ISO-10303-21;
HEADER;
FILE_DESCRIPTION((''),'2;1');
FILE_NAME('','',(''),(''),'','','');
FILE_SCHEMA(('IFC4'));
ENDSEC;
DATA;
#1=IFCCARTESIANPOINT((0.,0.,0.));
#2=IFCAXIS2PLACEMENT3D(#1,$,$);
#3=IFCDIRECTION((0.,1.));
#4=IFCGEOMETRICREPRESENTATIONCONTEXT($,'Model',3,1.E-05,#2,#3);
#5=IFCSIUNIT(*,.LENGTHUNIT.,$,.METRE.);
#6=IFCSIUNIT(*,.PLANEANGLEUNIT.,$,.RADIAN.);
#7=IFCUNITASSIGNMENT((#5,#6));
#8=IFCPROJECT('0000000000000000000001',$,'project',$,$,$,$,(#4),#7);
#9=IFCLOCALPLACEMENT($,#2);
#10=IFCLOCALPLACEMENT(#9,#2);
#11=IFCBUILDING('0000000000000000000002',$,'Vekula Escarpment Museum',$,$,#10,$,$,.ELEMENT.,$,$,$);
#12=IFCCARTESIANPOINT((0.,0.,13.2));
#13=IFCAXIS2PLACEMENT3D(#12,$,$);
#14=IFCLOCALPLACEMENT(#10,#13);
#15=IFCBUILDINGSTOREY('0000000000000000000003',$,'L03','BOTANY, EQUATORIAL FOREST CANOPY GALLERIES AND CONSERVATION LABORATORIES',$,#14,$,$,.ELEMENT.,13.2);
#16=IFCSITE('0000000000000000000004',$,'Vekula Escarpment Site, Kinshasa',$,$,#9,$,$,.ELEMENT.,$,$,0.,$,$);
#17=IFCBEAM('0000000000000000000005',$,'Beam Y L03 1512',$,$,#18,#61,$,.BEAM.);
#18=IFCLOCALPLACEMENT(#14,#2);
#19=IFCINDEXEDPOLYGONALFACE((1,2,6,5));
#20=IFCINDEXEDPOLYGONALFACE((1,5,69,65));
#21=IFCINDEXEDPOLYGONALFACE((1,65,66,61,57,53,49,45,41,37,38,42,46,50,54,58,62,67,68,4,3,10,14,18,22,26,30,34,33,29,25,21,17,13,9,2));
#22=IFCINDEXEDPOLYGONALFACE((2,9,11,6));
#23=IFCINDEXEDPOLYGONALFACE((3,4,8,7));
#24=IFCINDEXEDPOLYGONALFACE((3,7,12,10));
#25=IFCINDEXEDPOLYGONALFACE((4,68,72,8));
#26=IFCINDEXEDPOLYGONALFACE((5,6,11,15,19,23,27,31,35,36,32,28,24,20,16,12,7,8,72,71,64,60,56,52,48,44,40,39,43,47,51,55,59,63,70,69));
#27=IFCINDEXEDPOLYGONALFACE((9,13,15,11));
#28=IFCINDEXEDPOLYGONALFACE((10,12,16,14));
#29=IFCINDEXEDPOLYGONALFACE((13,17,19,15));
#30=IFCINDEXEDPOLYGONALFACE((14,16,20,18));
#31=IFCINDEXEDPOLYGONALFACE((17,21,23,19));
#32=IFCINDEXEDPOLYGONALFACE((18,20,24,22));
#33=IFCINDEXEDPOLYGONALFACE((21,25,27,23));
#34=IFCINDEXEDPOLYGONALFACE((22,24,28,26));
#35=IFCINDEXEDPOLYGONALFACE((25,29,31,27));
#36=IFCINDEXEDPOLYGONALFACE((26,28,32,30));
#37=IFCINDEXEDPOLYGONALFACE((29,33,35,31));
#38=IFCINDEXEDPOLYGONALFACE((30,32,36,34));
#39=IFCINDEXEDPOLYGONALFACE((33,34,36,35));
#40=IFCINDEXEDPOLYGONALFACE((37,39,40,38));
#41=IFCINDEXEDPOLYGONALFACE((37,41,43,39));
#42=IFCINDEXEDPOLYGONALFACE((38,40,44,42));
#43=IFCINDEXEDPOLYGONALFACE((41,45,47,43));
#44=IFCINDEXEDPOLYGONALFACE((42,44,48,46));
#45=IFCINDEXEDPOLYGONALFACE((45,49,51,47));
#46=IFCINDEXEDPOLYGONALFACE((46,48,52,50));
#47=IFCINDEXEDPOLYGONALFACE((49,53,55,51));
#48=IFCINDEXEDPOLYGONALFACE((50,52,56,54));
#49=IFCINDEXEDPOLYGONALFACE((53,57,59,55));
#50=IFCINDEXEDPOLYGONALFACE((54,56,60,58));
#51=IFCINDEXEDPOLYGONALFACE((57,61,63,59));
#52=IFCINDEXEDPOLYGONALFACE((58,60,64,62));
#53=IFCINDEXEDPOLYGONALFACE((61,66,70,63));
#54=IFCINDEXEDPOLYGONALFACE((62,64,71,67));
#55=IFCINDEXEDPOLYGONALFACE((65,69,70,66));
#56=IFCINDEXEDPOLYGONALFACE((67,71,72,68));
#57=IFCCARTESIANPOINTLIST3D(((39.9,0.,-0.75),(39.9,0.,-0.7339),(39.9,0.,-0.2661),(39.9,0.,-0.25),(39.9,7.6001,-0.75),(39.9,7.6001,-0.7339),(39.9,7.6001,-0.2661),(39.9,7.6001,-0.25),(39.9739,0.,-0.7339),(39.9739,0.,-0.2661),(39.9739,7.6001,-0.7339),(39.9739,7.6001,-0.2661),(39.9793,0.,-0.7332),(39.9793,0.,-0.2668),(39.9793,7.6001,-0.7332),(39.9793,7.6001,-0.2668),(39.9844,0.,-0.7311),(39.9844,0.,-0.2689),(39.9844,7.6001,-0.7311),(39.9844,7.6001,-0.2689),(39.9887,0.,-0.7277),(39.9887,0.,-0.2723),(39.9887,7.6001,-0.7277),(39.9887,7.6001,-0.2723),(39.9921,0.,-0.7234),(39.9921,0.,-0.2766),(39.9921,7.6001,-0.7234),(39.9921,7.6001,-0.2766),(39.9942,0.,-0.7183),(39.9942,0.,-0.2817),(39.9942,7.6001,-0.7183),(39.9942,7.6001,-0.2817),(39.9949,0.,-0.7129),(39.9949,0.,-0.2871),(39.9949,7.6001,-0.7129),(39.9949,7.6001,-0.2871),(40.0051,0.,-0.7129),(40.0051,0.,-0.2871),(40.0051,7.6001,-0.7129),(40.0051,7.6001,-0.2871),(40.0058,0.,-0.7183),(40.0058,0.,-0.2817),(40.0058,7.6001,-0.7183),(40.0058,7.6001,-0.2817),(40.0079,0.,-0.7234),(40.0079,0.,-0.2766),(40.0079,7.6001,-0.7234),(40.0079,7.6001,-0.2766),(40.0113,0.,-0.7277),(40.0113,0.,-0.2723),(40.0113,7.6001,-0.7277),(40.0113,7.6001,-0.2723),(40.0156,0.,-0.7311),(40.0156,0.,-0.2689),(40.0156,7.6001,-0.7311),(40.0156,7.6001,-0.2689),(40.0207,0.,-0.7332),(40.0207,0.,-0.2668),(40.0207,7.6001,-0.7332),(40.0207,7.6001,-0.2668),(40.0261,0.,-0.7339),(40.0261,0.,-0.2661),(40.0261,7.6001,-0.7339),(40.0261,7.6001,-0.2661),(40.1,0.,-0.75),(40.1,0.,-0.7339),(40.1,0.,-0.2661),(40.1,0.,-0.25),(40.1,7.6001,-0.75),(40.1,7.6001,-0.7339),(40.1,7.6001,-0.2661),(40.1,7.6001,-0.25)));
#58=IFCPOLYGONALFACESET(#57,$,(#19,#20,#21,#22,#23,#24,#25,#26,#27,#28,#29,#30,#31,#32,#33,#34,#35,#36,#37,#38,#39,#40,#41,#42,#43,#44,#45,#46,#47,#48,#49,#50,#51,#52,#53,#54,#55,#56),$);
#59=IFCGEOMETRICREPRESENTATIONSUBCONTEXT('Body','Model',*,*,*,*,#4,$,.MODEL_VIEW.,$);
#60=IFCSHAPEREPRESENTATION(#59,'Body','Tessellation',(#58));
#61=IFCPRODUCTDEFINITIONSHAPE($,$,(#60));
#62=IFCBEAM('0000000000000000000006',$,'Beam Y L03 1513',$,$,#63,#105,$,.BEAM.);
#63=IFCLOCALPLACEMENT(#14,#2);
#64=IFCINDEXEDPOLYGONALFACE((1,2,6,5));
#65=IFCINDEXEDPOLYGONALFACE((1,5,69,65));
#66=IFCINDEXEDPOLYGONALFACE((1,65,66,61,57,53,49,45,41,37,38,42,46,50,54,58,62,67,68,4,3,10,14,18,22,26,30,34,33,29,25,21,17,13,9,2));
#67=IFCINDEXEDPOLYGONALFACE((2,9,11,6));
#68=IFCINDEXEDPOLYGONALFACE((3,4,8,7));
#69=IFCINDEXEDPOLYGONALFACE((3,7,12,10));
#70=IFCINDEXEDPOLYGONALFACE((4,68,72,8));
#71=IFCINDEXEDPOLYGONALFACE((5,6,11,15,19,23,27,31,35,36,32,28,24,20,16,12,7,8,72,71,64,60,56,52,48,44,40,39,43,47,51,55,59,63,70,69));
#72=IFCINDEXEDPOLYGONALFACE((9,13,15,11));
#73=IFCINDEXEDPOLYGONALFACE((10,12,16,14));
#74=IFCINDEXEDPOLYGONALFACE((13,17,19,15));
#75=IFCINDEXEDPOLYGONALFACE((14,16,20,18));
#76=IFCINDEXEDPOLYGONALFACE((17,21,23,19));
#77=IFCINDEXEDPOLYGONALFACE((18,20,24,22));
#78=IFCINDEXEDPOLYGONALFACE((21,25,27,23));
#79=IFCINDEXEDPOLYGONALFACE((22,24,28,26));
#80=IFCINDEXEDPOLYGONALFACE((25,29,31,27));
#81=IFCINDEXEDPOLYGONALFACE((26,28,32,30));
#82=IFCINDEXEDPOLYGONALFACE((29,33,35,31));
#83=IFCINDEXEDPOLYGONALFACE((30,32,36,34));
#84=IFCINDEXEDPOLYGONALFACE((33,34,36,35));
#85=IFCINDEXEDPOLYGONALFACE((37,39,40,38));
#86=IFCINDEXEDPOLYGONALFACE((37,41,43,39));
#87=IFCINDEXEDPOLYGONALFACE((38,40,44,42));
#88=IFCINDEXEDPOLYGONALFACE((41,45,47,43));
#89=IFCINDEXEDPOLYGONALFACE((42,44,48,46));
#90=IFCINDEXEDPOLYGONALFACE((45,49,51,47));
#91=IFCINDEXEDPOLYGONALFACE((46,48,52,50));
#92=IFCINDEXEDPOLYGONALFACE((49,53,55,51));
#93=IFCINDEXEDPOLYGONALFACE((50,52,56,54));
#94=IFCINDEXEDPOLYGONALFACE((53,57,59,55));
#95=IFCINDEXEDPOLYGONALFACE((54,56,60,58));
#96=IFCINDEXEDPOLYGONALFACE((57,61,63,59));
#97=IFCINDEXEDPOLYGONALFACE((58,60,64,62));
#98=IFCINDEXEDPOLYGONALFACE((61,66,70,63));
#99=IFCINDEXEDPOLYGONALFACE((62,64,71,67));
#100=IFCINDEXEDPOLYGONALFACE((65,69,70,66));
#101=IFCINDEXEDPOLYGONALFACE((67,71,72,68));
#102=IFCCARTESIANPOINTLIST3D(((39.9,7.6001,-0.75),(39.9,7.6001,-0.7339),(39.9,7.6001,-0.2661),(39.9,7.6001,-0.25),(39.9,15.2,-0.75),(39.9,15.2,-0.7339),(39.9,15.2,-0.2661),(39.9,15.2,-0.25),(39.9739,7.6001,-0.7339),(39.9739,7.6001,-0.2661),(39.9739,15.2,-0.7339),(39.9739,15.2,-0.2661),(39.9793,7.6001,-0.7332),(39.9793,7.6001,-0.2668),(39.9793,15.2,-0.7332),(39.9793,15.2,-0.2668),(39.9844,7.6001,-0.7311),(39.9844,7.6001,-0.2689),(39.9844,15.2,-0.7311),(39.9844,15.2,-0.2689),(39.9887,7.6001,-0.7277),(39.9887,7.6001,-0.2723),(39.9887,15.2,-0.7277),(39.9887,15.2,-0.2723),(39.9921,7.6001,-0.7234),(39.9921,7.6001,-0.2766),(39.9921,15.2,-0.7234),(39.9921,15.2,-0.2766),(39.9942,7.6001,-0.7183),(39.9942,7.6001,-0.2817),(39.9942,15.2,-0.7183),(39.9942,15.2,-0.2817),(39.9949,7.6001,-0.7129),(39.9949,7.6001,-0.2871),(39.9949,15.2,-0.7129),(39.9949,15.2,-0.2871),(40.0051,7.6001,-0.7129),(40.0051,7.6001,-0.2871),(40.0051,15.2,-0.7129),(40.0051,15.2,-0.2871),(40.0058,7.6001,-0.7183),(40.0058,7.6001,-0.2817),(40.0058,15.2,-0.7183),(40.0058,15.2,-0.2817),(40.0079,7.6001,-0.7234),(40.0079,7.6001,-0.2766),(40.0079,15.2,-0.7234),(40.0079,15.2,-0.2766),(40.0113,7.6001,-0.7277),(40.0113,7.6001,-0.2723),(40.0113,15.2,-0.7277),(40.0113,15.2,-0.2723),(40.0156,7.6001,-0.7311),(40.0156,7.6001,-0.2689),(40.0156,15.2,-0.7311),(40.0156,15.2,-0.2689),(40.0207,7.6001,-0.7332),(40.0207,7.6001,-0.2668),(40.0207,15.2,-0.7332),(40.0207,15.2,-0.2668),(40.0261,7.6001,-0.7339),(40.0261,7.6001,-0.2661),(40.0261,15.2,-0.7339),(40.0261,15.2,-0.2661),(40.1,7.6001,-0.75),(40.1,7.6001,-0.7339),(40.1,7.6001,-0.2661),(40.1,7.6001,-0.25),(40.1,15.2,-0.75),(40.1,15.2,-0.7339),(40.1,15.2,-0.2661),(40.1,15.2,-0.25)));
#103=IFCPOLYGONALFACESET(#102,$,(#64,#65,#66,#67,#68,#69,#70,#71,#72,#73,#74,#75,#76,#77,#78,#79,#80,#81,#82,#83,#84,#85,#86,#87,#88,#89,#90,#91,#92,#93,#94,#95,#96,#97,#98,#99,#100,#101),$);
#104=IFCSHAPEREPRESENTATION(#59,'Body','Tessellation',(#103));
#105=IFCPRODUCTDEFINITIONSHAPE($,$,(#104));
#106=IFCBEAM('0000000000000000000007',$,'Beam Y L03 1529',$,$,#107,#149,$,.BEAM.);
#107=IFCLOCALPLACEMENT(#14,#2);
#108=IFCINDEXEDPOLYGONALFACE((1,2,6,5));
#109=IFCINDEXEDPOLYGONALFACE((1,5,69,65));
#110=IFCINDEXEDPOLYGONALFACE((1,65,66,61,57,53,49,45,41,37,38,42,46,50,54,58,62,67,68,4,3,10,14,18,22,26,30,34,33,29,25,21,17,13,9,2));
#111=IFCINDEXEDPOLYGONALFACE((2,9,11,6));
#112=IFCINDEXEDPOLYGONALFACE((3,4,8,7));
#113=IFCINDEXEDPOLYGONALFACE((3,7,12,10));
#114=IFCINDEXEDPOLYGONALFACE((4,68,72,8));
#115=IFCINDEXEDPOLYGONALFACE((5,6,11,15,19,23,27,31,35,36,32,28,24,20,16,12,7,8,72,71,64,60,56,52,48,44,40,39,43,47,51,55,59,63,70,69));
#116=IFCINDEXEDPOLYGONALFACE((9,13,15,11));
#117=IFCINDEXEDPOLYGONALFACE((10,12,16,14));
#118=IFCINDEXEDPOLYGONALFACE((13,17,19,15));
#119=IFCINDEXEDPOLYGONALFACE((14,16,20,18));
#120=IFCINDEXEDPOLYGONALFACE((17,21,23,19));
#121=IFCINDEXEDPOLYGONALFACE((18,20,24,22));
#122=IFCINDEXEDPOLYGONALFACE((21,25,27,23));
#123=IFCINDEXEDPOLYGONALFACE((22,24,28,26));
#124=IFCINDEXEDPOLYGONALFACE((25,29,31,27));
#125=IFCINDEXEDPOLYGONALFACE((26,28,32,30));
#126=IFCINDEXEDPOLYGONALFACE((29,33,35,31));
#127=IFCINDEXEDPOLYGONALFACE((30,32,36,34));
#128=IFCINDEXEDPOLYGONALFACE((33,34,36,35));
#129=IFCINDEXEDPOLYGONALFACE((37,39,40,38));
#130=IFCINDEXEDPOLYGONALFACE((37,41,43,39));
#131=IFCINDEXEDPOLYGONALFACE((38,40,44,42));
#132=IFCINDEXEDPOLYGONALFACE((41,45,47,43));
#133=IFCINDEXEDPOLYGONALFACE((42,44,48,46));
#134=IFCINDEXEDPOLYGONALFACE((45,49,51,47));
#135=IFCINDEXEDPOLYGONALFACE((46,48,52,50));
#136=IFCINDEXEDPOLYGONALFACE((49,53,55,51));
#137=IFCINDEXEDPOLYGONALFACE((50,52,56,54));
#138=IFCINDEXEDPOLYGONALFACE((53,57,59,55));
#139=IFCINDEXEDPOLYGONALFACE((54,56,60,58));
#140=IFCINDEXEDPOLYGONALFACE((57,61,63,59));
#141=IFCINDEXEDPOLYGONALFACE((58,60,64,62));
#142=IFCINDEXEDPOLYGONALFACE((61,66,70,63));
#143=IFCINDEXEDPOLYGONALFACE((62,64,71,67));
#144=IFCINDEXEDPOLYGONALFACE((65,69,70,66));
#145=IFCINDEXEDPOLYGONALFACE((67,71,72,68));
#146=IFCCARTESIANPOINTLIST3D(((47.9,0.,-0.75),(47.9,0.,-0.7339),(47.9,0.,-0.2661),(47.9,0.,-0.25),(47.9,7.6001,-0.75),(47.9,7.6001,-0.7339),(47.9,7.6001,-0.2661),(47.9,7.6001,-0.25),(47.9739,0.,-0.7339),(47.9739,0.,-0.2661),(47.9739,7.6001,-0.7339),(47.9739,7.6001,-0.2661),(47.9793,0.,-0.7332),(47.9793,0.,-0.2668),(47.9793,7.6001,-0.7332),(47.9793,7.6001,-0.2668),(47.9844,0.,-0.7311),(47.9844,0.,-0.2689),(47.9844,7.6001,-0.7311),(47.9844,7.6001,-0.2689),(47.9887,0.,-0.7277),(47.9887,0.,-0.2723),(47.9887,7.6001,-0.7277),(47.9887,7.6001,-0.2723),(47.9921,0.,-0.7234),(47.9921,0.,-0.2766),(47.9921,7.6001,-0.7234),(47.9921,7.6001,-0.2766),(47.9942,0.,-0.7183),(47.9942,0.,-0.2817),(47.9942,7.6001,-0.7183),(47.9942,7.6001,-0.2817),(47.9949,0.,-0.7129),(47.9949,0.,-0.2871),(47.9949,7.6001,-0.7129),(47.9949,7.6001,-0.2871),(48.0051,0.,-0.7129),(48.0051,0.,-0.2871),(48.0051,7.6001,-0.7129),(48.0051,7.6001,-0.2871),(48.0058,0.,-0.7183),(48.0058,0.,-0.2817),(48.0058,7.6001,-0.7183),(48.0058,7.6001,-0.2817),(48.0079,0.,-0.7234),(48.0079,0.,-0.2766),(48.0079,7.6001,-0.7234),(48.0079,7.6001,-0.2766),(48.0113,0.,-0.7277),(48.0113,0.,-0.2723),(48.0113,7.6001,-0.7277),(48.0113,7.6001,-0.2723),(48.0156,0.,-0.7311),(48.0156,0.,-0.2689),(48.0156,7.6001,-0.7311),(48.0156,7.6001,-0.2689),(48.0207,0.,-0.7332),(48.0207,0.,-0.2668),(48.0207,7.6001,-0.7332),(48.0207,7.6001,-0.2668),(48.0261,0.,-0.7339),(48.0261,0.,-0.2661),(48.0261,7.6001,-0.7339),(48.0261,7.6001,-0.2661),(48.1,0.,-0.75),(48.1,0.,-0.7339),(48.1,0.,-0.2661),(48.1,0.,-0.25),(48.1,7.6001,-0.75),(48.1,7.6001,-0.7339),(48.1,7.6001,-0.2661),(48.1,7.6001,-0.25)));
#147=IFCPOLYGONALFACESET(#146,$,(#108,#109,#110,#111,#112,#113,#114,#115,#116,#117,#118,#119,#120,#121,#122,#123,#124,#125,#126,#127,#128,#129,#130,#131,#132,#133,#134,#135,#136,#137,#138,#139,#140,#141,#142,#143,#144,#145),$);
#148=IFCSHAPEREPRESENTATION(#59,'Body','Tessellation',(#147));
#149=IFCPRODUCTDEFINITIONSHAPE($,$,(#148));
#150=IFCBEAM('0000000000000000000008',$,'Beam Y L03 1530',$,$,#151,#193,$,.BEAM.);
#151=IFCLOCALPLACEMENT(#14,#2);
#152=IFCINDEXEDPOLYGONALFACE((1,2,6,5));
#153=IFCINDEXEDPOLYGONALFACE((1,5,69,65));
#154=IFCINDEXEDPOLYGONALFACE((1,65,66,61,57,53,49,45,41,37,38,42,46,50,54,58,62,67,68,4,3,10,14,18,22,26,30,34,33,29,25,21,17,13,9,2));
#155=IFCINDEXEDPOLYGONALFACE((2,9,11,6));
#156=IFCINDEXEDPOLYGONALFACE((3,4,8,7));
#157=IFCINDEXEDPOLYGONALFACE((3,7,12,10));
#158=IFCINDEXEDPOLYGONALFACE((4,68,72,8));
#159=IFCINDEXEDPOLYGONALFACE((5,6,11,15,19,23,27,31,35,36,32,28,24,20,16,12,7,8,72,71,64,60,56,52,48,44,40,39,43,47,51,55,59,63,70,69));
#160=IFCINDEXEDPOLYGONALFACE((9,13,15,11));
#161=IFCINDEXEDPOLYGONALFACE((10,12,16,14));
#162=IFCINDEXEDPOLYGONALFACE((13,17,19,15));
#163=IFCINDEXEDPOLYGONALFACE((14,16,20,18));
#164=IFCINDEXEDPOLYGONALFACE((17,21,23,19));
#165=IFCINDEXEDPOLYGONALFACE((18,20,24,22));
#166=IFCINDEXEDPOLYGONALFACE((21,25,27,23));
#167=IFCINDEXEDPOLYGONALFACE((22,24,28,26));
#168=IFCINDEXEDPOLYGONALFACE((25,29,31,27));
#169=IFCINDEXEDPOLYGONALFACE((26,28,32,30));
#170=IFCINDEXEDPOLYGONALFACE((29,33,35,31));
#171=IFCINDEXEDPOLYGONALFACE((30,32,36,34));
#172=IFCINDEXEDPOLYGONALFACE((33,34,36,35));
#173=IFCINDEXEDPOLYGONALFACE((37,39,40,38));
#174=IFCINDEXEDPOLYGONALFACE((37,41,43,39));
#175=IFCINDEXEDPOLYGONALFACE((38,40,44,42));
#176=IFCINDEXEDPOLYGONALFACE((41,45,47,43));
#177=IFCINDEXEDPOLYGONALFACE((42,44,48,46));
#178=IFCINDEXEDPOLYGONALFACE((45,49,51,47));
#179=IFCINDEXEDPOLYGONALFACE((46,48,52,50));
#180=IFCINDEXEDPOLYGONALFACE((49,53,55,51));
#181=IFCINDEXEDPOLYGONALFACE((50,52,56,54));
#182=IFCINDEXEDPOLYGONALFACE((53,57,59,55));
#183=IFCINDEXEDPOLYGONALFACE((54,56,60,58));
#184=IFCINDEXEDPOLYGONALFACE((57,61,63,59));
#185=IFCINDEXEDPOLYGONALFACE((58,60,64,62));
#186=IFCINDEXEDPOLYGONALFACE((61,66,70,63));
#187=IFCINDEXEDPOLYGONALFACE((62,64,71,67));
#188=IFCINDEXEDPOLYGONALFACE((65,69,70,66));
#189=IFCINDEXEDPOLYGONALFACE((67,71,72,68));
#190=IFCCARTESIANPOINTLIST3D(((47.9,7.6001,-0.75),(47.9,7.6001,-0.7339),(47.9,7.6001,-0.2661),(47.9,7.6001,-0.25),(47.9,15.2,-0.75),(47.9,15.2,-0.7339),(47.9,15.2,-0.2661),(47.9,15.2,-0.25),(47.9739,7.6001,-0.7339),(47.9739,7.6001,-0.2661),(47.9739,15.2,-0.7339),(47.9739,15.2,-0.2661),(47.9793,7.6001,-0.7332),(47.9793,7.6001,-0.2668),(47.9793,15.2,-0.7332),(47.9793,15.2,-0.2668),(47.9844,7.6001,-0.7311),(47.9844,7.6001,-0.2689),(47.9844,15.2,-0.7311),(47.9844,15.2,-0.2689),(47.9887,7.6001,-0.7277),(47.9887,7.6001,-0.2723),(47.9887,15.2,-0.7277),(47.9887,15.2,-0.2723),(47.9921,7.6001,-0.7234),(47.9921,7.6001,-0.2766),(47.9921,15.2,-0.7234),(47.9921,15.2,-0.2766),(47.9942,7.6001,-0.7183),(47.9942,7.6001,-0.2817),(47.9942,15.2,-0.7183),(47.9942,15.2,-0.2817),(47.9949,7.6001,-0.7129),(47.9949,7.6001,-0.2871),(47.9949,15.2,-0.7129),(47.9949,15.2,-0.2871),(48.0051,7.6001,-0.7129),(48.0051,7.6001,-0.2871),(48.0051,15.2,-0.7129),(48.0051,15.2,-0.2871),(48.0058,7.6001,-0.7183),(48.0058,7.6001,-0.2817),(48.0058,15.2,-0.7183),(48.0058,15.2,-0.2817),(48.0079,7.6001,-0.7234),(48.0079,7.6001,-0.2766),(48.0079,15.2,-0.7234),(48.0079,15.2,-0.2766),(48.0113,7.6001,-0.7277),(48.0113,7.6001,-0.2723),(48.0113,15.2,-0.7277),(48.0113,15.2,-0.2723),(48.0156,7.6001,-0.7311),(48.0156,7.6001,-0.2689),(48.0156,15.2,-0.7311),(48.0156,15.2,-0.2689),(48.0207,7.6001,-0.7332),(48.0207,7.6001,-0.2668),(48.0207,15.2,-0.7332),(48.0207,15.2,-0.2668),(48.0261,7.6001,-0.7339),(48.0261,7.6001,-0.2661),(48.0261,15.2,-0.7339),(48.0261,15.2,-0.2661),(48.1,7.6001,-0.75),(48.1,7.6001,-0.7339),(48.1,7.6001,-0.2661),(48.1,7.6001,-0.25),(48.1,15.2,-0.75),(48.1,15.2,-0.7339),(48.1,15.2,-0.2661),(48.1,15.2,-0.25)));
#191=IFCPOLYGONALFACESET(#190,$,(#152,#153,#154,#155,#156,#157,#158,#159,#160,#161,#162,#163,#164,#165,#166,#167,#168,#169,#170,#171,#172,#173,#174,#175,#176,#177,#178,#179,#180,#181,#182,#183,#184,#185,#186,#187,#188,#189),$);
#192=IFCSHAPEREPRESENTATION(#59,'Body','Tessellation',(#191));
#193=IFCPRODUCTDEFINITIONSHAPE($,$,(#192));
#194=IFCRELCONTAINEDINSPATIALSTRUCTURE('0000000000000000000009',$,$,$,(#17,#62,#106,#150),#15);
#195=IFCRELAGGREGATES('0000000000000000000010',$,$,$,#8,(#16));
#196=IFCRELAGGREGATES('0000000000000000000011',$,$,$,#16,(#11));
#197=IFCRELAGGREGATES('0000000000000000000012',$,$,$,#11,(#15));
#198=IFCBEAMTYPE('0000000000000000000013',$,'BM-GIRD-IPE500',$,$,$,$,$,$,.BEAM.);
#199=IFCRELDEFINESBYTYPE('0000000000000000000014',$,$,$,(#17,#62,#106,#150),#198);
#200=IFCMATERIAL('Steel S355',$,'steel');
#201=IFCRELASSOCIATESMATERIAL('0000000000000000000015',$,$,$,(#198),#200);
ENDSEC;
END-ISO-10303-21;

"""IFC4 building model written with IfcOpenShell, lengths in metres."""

from ifc_helpers import new_model, si_unit, direction, frame, origin, origin_2d, place, context, subcontext, project, spatial, i_section, extrude, material, material_profile, profile_set, type_object, element, save


model = new_model("IFC4")

# Units and contexts
model_context = context("Model", 3, precision=1e-05, world=origin(), true_north=direction((0.0, 1.0)))
body_context = subcontext(model_context, "Body", "Model", "MODEL_VIEW")
ifc_project = project(units=[si_unit("LENGTHUNIT", "METRE"), si_unit("PLANEANGLEUNIT", "RADIAN")], contexts=[model_context])

# Site, building, storey
site_placement = place(None, origin())
site = spatial("IfcSite", under=ifc_project, at=site_placement, Name="Vekula Escarpment Site, Kinshasa", CompositionType="ELEMENT", RefElevation=0.0)
building_placement = place(site_placement, origin())
building = spatial("IfcBuilding", under=site, at=building_placement, Name="Vekula Escarpment Museum", CompositionType="ELEMENT")
storey_placement = place(building_placement, frame((0.0, 0.0, 13.2)))
storey = spatial("IfcBuildingStorey", under=building, at=storey_placement, Name="L03", Description="BOTANY, EQUATORIAL FOREST CANOPY GALLERIES AND CONSERVATION LABORATORIES", CompositionType="ELEMENT", Elevation=13.2)

# Beams
ifc_material_1 = material(Name="Steel S355", Category="steel")
ifc_material_profile_1 = material_profile(ifc_material_1, i_section(OverallWidth=0.2, OverallDepth=0.5, WebThickness=0.0103, FlangeThickness=0.0161, FilletRadius=0.021, at=origin_2d()), Name="IPE 500")
ifc_profile_set_1 = profile_set([ifc_material_profile_1], Name="Steel S355")
beam_type_1 = type_object("IfcBeamType", Name="BM-GIRD-IPE500", PredefinedType="BEAM", material=ifc_profile_set_1)
beam_1_placement = place(storey_placement, frame((40.0, 0.0, -0.5), z_axis=(0.0, 1.0, 0.0), x_axis=(-1.0, 0.0, 0.0)))
element("IfcBeam", 1, at=beam_1_placement, inside=storey, type_object=beam_type_1, Name="Beam Y L03 1512", PredefinedType="BEAM", context=body_context, shape_type="SweptSolid", body=[
    extrude(i_section(OverallWidth=0.2, OverallDepth=0.5, WebThickness=0.0103, FlangeThickness=0.0161, FilletRadius=0.021, at=origin_2d()), origin(), (0.0, 0.0, 1.0), 7.6001),
])
beam_2_placement = place(storey_placement, frame((40.0, 7.6001, -0.5), z_axis=(0.0, 1.0, 0.0), x_axis=(-1.0, 0.0, 0.0)))
element("IfcBeam", 2, at=beam_2_placement, inside=storey, type_object=beam_type_1, Name="Beam Y L03 1513", PredefinedType="BEAM", context=body_context, shape_type="SweptSolid", body=[
    extrude(i_section(OverallWidth=0.2, OverallDepth=0.5, WebThickness=0.0103, FlangeThickness=0.0161, FilletRadius=0.021, at=origin_2d()), origin(), (0.0, 0.0, 1.0), 7.5999),
])
beam_3_placement = place(storey_placement, frame((48.0, 0.0, -0.5), z_axis=(0.0, 1.0, 0.0), x_axis=(-1.0, 0.0, 0.0)))
element("IfcBeam", 3, at=beam_3_placement, inside=storey, type_object=beam_type_1, Name="Beam Y L03 1529", PredefinedType="BEAM", context=body_context, shape_type="SweptSolid", body=[
    extrude(i_section(OverallWidth=0.2, OverallDepth=0.5, WebThickness=0.0103, FlangeThickness=0.0161, FilletRadius=0.021, at=origin_2d()), origin(), (0.0, 0.0, 1.0), 7.6001),
])
beam_4_placement = place(storey_placement, frame((48.0, 7.6001, -0.5), z_axis=(0.0, 1.0, 0.0), x_axis=(-1.0, 0.0, 0.0)))
element("IfcBeam", 4, at=beam_4_placement, inside=storey, type_object=beam_type_1, Name="Beam Y L03 1530", PredefinedType="BEAM", context=body_context, shape_type="SweptSolid", body=[
    extrude(i_section(OverallWidth=0.2, OverallDepth=0.5, WebThickness=0.0103, FlangeThickness=0.0161, FilletRadius=0.021, at=origin_2d()), origin(), (0.0, 0.0, 1.0), 7.5999),
])

save(model, "model.ifc")
